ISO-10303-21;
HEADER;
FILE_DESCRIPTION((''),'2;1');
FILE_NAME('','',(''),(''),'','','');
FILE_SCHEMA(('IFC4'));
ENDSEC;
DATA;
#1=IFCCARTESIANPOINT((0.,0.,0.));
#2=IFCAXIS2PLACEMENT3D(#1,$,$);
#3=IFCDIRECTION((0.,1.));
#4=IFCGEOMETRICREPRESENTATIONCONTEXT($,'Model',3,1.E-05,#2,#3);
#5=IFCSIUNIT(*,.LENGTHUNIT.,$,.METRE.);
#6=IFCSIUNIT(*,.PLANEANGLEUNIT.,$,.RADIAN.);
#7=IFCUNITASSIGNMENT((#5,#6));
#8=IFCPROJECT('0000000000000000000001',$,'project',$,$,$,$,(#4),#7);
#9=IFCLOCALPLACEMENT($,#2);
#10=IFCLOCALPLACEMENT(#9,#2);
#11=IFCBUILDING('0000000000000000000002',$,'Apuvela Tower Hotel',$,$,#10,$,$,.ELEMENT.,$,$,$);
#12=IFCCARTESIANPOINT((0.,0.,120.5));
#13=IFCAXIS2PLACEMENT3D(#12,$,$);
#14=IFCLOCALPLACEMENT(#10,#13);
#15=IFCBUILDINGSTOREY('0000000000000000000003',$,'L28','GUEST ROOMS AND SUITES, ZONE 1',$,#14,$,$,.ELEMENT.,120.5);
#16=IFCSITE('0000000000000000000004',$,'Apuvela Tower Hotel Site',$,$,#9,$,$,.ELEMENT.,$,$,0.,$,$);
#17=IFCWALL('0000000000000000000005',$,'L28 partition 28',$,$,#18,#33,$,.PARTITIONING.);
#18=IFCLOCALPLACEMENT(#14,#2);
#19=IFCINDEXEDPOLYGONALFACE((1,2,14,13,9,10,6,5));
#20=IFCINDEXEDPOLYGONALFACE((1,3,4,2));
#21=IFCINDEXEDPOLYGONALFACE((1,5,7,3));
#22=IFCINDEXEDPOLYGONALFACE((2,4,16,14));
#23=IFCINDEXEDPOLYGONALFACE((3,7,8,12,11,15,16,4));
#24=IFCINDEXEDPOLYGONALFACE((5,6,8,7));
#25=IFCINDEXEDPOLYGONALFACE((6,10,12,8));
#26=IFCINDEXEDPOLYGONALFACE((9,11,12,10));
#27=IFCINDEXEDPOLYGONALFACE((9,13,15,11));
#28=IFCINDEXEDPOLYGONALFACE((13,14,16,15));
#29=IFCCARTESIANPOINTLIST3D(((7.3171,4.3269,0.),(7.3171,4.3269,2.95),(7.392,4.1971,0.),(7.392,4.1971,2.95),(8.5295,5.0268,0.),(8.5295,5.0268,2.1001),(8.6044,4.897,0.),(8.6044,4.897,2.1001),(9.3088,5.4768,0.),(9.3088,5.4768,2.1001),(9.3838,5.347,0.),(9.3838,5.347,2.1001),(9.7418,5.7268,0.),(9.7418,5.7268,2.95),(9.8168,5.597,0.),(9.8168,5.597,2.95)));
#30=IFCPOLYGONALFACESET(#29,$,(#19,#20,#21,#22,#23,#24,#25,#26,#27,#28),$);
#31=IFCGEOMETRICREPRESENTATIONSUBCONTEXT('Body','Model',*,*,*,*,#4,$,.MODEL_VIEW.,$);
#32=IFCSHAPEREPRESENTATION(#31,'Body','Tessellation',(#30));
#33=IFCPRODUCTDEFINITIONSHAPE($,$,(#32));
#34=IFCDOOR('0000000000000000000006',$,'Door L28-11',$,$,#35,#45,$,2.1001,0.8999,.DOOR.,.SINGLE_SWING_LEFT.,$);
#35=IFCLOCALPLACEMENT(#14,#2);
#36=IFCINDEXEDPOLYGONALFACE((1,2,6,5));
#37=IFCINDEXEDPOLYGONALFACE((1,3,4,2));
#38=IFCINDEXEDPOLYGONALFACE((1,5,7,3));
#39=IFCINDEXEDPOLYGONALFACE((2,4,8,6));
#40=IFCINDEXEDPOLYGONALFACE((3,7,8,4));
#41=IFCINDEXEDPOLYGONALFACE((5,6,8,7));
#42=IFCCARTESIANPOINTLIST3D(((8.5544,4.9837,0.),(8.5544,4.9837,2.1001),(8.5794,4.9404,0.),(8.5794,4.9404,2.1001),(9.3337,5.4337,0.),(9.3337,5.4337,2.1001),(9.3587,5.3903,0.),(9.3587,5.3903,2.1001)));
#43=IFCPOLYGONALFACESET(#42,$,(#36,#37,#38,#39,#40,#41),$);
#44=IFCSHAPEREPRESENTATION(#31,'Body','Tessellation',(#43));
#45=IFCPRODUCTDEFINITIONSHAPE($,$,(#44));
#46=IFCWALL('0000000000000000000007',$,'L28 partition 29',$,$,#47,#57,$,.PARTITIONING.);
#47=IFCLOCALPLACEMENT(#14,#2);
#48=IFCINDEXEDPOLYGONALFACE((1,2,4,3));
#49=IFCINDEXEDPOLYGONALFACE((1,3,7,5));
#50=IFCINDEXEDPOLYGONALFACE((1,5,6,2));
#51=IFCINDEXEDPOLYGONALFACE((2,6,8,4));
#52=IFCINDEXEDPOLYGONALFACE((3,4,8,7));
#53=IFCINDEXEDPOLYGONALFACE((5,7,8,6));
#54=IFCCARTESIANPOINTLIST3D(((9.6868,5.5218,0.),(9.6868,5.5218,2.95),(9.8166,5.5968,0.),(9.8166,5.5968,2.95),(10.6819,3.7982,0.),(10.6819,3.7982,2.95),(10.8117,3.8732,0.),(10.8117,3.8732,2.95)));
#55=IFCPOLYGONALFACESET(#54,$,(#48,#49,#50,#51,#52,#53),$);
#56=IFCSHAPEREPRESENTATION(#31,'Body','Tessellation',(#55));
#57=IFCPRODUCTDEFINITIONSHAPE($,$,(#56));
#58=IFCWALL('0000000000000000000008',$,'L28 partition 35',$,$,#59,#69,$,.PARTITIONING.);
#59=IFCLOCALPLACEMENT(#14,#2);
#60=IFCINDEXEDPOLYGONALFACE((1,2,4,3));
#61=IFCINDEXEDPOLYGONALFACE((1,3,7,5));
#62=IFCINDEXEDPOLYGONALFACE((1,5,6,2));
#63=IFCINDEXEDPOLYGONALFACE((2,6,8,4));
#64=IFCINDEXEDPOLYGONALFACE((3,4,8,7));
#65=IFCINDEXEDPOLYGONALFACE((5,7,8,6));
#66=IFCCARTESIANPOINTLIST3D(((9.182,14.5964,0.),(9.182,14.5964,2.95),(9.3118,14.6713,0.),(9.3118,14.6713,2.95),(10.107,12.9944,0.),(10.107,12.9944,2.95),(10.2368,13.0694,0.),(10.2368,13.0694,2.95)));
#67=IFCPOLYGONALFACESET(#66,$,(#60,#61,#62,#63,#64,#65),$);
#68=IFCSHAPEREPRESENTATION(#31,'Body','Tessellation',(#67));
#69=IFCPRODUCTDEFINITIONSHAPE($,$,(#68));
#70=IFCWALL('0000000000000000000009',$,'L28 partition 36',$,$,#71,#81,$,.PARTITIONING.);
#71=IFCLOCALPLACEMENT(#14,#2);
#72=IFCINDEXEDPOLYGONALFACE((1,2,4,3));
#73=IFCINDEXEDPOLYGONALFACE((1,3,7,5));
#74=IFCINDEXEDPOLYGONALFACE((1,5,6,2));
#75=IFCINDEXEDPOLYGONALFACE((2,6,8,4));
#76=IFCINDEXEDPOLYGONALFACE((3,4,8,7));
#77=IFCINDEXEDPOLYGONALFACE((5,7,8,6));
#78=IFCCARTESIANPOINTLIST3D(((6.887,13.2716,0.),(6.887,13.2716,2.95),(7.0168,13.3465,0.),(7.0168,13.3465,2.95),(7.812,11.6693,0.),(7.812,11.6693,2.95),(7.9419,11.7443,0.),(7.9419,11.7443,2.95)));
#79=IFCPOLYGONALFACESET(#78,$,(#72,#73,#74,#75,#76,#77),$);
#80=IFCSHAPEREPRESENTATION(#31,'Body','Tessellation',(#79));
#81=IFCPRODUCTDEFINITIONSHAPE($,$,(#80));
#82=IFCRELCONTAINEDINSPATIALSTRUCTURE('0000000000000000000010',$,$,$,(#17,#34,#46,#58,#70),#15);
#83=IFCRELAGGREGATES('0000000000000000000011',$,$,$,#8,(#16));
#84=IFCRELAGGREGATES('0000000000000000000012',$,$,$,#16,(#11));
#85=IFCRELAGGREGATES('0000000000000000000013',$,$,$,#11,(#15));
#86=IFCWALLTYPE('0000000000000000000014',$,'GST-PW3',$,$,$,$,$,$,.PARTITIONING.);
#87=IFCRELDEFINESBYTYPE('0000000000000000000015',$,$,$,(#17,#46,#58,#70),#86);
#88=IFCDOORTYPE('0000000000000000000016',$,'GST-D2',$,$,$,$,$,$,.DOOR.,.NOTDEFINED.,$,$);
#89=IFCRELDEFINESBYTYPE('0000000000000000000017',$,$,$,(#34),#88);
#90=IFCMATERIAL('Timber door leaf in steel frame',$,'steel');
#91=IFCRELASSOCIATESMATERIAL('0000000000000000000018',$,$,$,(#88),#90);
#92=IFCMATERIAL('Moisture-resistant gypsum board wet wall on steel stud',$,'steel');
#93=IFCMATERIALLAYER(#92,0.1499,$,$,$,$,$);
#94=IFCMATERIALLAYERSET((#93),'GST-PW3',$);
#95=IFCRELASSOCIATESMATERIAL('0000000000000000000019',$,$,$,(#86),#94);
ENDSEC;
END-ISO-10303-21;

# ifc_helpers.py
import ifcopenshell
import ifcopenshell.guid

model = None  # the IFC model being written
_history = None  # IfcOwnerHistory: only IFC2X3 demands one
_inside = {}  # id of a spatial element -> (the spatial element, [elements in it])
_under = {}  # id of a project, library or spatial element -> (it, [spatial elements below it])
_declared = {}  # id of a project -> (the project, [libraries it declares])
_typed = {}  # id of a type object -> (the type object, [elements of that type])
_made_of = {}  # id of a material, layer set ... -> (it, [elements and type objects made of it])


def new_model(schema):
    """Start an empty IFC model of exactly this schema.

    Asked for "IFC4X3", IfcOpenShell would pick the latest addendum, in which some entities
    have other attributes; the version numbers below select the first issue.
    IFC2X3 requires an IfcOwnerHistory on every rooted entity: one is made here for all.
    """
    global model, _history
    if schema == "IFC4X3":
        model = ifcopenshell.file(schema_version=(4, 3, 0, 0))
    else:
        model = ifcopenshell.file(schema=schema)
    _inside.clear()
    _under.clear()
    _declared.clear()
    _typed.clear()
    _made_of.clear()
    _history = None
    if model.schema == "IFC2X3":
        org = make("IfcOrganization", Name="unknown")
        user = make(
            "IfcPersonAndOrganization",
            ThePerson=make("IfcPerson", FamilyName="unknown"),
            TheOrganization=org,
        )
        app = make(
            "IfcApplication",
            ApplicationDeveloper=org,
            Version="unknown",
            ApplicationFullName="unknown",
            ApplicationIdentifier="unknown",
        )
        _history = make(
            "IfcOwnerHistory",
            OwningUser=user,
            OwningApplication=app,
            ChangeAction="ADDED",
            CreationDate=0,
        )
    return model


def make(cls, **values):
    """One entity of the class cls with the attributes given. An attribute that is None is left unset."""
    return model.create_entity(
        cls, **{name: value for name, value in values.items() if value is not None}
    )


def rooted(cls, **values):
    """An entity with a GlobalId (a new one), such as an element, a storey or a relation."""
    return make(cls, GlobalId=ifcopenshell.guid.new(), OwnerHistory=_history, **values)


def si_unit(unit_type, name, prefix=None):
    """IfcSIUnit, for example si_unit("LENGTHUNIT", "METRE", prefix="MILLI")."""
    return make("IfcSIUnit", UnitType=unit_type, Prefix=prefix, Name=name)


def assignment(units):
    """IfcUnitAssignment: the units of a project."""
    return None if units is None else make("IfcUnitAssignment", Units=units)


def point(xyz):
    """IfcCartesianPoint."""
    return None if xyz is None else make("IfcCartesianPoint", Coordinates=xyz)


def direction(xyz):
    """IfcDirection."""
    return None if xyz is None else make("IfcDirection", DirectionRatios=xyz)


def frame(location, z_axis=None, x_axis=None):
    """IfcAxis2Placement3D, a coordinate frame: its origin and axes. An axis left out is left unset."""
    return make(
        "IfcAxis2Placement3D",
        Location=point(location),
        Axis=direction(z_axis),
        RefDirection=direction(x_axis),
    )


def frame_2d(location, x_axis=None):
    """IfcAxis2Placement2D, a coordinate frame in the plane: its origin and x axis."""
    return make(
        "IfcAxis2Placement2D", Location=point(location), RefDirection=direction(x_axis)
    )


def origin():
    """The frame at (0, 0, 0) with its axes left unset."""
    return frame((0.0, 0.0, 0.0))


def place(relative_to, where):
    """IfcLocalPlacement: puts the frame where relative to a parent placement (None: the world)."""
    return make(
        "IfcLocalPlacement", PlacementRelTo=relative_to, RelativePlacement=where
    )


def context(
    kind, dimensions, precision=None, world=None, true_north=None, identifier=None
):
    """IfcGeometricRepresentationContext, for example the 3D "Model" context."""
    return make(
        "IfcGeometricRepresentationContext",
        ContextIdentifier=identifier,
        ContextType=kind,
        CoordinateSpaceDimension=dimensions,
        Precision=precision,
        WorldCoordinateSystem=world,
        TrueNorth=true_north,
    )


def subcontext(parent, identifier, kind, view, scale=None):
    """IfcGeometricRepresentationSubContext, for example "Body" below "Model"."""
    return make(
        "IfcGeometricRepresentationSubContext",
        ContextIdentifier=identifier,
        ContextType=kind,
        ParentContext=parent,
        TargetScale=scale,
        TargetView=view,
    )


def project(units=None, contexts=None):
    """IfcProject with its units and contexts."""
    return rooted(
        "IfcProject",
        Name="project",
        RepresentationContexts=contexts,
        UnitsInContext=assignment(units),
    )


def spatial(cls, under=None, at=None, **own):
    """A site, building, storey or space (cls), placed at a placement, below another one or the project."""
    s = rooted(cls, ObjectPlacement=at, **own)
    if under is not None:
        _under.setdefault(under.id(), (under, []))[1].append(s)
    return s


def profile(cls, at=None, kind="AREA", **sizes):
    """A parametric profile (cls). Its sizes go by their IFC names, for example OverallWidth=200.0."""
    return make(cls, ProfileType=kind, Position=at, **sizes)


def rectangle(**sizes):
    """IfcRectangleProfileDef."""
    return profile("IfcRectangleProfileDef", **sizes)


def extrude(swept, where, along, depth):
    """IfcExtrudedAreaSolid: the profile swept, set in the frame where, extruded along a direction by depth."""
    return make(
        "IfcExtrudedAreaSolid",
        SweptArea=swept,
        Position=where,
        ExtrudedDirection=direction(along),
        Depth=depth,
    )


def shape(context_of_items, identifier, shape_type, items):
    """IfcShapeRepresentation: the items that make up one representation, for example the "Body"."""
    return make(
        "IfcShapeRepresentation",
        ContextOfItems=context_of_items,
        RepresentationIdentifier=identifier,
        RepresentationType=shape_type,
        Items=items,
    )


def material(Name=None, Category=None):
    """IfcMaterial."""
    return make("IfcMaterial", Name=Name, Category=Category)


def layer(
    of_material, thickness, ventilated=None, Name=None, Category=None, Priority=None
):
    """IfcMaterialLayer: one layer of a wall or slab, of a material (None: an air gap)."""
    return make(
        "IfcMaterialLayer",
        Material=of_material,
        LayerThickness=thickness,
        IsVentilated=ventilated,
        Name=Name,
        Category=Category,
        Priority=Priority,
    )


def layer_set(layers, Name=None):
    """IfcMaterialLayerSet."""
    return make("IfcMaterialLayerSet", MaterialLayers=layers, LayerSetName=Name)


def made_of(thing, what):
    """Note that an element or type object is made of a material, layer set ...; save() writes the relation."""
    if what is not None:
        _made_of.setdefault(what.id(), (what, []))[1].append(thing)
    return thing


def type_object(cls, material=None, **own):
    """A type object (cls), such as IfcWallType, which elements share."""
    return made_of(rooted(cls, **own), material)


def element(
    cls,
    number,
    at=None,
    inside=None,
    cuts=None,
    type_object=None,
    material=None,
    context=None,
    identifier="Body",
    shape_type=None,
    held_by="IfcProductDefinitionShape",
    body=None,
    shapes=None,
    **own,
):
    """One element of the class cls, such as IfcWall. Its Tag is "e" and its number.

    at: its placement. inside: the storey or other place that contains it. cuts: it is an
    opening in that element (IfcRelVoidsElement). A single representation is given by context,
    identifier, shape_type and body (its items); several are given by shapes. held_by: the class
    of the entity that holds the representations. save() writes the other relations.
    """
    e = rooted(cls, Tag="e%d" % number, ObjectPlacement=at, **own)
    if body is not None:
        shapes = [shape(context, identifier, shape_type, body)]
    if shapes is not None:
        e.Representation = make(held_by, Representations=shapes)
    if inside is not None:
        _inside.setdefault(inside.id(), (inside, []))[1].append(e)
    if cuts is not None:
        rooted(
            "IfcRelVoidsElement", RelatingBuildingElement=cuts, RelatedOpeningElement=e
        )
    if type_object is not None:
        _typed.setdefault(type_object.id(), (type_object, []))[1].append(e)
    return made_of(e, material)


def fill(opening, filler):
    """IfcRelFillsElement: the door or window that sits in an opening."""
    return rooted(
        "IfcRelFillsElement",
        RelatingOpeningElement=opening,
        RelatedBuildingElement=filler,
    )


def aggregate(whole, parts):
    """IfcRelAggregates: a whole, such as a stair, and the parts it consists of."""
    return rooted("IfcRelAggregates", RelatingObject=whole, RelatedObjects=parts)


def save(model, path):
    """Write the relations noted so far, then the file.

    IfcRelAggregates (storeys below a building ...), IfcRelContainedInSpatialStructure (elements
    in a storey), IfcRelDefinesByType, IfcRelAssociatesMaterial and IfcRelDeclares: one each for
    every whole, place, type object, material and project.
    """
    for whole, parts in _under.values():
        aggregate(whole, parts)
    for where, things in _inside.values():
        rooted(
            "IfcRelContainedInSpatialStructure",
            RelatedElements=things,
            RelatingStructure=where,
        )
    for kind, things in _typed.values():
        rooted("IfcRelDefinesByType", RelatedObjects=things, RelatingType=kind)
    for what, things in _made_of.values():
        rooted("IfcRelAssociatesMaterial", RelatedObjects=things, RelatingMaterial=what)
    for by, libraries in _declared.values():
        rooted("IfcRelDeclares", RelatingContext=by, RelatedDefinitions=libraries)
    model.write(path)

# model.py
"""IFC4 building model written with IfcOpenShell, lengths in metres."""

from ifc_helpers import new_model, si_unit, direction, frame, frame_2d, origin, place, context, subcontext, project, spatial, rectangle, extrude, material, layer, layer_set, type_object, element, fill, save


model = new_model("IFC4")

# Units and contexts
model_context = context("Model", 3, precision=1e-05, world=origin(), true_north=direction((0.0, 1.0)))
body_context = subcontext(model_context, "Body", "Model", "MODEL_VIEW")
ifc_project = project(units=[si_unit("LENGTHUNIT", "METRE"), si_unit("PLANEANGLEUNIT", "RADIAN")], contexts=[model_context])

# Site, building, storey
site_placement = place(None, origin())
site = spatial("IfcSite", under=ifc_project, at=site_placement, Name="Apuvela Tower Hotel Site", CompositionType="ELEMENT", RefElevation=0.0)
building_placement = place(site_placement, origin())
building = spatial("IfcBuilding", under=site, at=building_placement, Name="Apuvela Tower Hotel", CompositionType="ELEMENT")
storey_placement = place(building_placement, frame((0.0, 0.0, 120.5)))
storey = spatial("IfcBuildingStorey", under=building, at=storey_placement, Name="L28", Description="GUEST ROOMS AND SUITES, ZONE 1", CompositionType="ELEMENT", Elevation=120.5)

# Shared definitions
ifc_material_1 = material(Name="Timber door leaf in steel frame", Category="steel")
door_type_1 = type_object("IfcDoorType", Name="GST-D2", OperationType="NOTDEFINED", PredefinedType="DOOR", material=ifc_material_1)
ifc_material_2 = material(Name="Moisture-resistant gypsum board wet wall on steel stud", Category="steel")
ifc_layer_1 = layer(ifc_material_2, 0.1499)
ifc_layer_set_1 = layer_set([ifc_layer_1], Name="GST-PW3")
wall_type_1 = type_object("IfcWallType", Name="GST-PW3", PredefinedType="PARTITIONING", material=ifc_layer_set_1)

# Wall, opening, door
wall_1_placement = place(storey_placement, frame((9.7793, 5.6619, 0.0), z_axis=(0.0, 0.0, 1.0), x_axis=(-0.866035, -0.499984, 0.0)))
wall_1 = element("IfcWall", 1, at=wall_1_placement, inside=storey, type_object=wall_type_1, Name="L28 partition 28", PredefinedType="PARTITIONING", context=body_context, shape_type="SweptSolid", body=[
    extrude(rectangle(XDim=2.7998, YDim=0.1499, at=frame_2d((1.3999, 0.0))), origin(), (0.0, 0.0, 1.0), 2.95),
])
opening_1_placement = place(wall_1_placement, frame((0.5, 0.0, 0.0)))
opening_1 = element("IfcOpeningElement", 2, at=opening_1_placement, cuts=wall_1, PredefinedType="OPENING", context=body_context, shape_type="SweptSolid", body=[
    extrude(rectangle(XDim=0.8999, YDim=2.1001, at=frame_2d((0.45, 1.05))), frame((0.0, 0.085, 0.0), z_axis=(0.0, -1.0, 0.0), x_axis=(1.0, 0.0, 0.0)), (0.0, 0.0, 1.0), 0.1699),
])
door_1_placement = place(opening_1_placement, origin())
door_1 = element("IfcDoor", 3, at=door_1_placement, inside=storey, type_object=door_type_1, Name="Door L28-11", OperationType="SINGLE_SWING_LEFT", OverallHeight=2.1001, OverallWidth=0.8999, PredefinedType="DOOR", context=body_context, shape_type="SweptSolid", body=[
    extrude(rectangle(XDim=0.8999, YDim=2.1001, at=frame_2d((0.45, 1.05))), frame((0.0, 0.0249, 0.0), z_axis=(0.0, -1.0, 0.0), x_axis=(1.0, 0.0, 0.0)), (0.0, 0.0, 1.0), 0.05),
])
fill(opening_1, door_1)

# Walls
wall_2_placement = place(storey_placement, frame((10.7468, 3.8357, 0.0), z_axis=(0.0, 0.0, 1.0), x_axis=(-0.499991, 0.86603, 0.0)))
element("IfcWall", 4, at=wall_2_placement, inside=storey, type_object=wall_type_1, Name="L28 partition 29", PredefinedType="PARTITIONING", context=body_context, shape_type="SweptSolid", body=[
    extrude(rectangle(XDim=1.9902, YDim=0.1499, at=frame_2d((0.9951, 0.0))), origin(), (0.0, 0.0, 1.0), 2.95),
])
wall_3_placement = place(storey_placement, frame((10.1719, 13.032, 0.0), z_axis=(0.0, 0.0, 1.0), x_axis=(-0.500042, 0.866001, 0.0)))
element("IfcWall", 5, at=wall_3_placement, inside=storey, type_object=wall_type_1, Name="L28 partition 35", PredefinedType="PARTITIONING", context=body_context, shape_type="SweptSolid", body=[
    extrude(rectangle(XDim=1.8499, YDim=0.1499, at=frame_2d((0.9248, 0.0))), origin(), (0.0, 0.0, 1.0), 2.95),
])
wall_4_placement = place(storey_placement, frame((7.877, 11.7068, 0.0), z_axis=(0.0, 0.0, 1.0), x_axis=(-0.499985, 0.866034, 0.0)))
element("IfcWall", 6, at=wall_4_placement, inside=storey, type_object=wall_type_1, Name="L28 partition 36", PredefinedType="PARTITIONING", context=body_context, shape_type="SweptSolid", body=[
    extrude(rectangle(XDim=1.8501, YDim=0.1499, at=frame_2d((0.925, 0.0))), origin(), (0.0, 0.0, 1.0), 2.95),
])

save(model, "model.ifc")
